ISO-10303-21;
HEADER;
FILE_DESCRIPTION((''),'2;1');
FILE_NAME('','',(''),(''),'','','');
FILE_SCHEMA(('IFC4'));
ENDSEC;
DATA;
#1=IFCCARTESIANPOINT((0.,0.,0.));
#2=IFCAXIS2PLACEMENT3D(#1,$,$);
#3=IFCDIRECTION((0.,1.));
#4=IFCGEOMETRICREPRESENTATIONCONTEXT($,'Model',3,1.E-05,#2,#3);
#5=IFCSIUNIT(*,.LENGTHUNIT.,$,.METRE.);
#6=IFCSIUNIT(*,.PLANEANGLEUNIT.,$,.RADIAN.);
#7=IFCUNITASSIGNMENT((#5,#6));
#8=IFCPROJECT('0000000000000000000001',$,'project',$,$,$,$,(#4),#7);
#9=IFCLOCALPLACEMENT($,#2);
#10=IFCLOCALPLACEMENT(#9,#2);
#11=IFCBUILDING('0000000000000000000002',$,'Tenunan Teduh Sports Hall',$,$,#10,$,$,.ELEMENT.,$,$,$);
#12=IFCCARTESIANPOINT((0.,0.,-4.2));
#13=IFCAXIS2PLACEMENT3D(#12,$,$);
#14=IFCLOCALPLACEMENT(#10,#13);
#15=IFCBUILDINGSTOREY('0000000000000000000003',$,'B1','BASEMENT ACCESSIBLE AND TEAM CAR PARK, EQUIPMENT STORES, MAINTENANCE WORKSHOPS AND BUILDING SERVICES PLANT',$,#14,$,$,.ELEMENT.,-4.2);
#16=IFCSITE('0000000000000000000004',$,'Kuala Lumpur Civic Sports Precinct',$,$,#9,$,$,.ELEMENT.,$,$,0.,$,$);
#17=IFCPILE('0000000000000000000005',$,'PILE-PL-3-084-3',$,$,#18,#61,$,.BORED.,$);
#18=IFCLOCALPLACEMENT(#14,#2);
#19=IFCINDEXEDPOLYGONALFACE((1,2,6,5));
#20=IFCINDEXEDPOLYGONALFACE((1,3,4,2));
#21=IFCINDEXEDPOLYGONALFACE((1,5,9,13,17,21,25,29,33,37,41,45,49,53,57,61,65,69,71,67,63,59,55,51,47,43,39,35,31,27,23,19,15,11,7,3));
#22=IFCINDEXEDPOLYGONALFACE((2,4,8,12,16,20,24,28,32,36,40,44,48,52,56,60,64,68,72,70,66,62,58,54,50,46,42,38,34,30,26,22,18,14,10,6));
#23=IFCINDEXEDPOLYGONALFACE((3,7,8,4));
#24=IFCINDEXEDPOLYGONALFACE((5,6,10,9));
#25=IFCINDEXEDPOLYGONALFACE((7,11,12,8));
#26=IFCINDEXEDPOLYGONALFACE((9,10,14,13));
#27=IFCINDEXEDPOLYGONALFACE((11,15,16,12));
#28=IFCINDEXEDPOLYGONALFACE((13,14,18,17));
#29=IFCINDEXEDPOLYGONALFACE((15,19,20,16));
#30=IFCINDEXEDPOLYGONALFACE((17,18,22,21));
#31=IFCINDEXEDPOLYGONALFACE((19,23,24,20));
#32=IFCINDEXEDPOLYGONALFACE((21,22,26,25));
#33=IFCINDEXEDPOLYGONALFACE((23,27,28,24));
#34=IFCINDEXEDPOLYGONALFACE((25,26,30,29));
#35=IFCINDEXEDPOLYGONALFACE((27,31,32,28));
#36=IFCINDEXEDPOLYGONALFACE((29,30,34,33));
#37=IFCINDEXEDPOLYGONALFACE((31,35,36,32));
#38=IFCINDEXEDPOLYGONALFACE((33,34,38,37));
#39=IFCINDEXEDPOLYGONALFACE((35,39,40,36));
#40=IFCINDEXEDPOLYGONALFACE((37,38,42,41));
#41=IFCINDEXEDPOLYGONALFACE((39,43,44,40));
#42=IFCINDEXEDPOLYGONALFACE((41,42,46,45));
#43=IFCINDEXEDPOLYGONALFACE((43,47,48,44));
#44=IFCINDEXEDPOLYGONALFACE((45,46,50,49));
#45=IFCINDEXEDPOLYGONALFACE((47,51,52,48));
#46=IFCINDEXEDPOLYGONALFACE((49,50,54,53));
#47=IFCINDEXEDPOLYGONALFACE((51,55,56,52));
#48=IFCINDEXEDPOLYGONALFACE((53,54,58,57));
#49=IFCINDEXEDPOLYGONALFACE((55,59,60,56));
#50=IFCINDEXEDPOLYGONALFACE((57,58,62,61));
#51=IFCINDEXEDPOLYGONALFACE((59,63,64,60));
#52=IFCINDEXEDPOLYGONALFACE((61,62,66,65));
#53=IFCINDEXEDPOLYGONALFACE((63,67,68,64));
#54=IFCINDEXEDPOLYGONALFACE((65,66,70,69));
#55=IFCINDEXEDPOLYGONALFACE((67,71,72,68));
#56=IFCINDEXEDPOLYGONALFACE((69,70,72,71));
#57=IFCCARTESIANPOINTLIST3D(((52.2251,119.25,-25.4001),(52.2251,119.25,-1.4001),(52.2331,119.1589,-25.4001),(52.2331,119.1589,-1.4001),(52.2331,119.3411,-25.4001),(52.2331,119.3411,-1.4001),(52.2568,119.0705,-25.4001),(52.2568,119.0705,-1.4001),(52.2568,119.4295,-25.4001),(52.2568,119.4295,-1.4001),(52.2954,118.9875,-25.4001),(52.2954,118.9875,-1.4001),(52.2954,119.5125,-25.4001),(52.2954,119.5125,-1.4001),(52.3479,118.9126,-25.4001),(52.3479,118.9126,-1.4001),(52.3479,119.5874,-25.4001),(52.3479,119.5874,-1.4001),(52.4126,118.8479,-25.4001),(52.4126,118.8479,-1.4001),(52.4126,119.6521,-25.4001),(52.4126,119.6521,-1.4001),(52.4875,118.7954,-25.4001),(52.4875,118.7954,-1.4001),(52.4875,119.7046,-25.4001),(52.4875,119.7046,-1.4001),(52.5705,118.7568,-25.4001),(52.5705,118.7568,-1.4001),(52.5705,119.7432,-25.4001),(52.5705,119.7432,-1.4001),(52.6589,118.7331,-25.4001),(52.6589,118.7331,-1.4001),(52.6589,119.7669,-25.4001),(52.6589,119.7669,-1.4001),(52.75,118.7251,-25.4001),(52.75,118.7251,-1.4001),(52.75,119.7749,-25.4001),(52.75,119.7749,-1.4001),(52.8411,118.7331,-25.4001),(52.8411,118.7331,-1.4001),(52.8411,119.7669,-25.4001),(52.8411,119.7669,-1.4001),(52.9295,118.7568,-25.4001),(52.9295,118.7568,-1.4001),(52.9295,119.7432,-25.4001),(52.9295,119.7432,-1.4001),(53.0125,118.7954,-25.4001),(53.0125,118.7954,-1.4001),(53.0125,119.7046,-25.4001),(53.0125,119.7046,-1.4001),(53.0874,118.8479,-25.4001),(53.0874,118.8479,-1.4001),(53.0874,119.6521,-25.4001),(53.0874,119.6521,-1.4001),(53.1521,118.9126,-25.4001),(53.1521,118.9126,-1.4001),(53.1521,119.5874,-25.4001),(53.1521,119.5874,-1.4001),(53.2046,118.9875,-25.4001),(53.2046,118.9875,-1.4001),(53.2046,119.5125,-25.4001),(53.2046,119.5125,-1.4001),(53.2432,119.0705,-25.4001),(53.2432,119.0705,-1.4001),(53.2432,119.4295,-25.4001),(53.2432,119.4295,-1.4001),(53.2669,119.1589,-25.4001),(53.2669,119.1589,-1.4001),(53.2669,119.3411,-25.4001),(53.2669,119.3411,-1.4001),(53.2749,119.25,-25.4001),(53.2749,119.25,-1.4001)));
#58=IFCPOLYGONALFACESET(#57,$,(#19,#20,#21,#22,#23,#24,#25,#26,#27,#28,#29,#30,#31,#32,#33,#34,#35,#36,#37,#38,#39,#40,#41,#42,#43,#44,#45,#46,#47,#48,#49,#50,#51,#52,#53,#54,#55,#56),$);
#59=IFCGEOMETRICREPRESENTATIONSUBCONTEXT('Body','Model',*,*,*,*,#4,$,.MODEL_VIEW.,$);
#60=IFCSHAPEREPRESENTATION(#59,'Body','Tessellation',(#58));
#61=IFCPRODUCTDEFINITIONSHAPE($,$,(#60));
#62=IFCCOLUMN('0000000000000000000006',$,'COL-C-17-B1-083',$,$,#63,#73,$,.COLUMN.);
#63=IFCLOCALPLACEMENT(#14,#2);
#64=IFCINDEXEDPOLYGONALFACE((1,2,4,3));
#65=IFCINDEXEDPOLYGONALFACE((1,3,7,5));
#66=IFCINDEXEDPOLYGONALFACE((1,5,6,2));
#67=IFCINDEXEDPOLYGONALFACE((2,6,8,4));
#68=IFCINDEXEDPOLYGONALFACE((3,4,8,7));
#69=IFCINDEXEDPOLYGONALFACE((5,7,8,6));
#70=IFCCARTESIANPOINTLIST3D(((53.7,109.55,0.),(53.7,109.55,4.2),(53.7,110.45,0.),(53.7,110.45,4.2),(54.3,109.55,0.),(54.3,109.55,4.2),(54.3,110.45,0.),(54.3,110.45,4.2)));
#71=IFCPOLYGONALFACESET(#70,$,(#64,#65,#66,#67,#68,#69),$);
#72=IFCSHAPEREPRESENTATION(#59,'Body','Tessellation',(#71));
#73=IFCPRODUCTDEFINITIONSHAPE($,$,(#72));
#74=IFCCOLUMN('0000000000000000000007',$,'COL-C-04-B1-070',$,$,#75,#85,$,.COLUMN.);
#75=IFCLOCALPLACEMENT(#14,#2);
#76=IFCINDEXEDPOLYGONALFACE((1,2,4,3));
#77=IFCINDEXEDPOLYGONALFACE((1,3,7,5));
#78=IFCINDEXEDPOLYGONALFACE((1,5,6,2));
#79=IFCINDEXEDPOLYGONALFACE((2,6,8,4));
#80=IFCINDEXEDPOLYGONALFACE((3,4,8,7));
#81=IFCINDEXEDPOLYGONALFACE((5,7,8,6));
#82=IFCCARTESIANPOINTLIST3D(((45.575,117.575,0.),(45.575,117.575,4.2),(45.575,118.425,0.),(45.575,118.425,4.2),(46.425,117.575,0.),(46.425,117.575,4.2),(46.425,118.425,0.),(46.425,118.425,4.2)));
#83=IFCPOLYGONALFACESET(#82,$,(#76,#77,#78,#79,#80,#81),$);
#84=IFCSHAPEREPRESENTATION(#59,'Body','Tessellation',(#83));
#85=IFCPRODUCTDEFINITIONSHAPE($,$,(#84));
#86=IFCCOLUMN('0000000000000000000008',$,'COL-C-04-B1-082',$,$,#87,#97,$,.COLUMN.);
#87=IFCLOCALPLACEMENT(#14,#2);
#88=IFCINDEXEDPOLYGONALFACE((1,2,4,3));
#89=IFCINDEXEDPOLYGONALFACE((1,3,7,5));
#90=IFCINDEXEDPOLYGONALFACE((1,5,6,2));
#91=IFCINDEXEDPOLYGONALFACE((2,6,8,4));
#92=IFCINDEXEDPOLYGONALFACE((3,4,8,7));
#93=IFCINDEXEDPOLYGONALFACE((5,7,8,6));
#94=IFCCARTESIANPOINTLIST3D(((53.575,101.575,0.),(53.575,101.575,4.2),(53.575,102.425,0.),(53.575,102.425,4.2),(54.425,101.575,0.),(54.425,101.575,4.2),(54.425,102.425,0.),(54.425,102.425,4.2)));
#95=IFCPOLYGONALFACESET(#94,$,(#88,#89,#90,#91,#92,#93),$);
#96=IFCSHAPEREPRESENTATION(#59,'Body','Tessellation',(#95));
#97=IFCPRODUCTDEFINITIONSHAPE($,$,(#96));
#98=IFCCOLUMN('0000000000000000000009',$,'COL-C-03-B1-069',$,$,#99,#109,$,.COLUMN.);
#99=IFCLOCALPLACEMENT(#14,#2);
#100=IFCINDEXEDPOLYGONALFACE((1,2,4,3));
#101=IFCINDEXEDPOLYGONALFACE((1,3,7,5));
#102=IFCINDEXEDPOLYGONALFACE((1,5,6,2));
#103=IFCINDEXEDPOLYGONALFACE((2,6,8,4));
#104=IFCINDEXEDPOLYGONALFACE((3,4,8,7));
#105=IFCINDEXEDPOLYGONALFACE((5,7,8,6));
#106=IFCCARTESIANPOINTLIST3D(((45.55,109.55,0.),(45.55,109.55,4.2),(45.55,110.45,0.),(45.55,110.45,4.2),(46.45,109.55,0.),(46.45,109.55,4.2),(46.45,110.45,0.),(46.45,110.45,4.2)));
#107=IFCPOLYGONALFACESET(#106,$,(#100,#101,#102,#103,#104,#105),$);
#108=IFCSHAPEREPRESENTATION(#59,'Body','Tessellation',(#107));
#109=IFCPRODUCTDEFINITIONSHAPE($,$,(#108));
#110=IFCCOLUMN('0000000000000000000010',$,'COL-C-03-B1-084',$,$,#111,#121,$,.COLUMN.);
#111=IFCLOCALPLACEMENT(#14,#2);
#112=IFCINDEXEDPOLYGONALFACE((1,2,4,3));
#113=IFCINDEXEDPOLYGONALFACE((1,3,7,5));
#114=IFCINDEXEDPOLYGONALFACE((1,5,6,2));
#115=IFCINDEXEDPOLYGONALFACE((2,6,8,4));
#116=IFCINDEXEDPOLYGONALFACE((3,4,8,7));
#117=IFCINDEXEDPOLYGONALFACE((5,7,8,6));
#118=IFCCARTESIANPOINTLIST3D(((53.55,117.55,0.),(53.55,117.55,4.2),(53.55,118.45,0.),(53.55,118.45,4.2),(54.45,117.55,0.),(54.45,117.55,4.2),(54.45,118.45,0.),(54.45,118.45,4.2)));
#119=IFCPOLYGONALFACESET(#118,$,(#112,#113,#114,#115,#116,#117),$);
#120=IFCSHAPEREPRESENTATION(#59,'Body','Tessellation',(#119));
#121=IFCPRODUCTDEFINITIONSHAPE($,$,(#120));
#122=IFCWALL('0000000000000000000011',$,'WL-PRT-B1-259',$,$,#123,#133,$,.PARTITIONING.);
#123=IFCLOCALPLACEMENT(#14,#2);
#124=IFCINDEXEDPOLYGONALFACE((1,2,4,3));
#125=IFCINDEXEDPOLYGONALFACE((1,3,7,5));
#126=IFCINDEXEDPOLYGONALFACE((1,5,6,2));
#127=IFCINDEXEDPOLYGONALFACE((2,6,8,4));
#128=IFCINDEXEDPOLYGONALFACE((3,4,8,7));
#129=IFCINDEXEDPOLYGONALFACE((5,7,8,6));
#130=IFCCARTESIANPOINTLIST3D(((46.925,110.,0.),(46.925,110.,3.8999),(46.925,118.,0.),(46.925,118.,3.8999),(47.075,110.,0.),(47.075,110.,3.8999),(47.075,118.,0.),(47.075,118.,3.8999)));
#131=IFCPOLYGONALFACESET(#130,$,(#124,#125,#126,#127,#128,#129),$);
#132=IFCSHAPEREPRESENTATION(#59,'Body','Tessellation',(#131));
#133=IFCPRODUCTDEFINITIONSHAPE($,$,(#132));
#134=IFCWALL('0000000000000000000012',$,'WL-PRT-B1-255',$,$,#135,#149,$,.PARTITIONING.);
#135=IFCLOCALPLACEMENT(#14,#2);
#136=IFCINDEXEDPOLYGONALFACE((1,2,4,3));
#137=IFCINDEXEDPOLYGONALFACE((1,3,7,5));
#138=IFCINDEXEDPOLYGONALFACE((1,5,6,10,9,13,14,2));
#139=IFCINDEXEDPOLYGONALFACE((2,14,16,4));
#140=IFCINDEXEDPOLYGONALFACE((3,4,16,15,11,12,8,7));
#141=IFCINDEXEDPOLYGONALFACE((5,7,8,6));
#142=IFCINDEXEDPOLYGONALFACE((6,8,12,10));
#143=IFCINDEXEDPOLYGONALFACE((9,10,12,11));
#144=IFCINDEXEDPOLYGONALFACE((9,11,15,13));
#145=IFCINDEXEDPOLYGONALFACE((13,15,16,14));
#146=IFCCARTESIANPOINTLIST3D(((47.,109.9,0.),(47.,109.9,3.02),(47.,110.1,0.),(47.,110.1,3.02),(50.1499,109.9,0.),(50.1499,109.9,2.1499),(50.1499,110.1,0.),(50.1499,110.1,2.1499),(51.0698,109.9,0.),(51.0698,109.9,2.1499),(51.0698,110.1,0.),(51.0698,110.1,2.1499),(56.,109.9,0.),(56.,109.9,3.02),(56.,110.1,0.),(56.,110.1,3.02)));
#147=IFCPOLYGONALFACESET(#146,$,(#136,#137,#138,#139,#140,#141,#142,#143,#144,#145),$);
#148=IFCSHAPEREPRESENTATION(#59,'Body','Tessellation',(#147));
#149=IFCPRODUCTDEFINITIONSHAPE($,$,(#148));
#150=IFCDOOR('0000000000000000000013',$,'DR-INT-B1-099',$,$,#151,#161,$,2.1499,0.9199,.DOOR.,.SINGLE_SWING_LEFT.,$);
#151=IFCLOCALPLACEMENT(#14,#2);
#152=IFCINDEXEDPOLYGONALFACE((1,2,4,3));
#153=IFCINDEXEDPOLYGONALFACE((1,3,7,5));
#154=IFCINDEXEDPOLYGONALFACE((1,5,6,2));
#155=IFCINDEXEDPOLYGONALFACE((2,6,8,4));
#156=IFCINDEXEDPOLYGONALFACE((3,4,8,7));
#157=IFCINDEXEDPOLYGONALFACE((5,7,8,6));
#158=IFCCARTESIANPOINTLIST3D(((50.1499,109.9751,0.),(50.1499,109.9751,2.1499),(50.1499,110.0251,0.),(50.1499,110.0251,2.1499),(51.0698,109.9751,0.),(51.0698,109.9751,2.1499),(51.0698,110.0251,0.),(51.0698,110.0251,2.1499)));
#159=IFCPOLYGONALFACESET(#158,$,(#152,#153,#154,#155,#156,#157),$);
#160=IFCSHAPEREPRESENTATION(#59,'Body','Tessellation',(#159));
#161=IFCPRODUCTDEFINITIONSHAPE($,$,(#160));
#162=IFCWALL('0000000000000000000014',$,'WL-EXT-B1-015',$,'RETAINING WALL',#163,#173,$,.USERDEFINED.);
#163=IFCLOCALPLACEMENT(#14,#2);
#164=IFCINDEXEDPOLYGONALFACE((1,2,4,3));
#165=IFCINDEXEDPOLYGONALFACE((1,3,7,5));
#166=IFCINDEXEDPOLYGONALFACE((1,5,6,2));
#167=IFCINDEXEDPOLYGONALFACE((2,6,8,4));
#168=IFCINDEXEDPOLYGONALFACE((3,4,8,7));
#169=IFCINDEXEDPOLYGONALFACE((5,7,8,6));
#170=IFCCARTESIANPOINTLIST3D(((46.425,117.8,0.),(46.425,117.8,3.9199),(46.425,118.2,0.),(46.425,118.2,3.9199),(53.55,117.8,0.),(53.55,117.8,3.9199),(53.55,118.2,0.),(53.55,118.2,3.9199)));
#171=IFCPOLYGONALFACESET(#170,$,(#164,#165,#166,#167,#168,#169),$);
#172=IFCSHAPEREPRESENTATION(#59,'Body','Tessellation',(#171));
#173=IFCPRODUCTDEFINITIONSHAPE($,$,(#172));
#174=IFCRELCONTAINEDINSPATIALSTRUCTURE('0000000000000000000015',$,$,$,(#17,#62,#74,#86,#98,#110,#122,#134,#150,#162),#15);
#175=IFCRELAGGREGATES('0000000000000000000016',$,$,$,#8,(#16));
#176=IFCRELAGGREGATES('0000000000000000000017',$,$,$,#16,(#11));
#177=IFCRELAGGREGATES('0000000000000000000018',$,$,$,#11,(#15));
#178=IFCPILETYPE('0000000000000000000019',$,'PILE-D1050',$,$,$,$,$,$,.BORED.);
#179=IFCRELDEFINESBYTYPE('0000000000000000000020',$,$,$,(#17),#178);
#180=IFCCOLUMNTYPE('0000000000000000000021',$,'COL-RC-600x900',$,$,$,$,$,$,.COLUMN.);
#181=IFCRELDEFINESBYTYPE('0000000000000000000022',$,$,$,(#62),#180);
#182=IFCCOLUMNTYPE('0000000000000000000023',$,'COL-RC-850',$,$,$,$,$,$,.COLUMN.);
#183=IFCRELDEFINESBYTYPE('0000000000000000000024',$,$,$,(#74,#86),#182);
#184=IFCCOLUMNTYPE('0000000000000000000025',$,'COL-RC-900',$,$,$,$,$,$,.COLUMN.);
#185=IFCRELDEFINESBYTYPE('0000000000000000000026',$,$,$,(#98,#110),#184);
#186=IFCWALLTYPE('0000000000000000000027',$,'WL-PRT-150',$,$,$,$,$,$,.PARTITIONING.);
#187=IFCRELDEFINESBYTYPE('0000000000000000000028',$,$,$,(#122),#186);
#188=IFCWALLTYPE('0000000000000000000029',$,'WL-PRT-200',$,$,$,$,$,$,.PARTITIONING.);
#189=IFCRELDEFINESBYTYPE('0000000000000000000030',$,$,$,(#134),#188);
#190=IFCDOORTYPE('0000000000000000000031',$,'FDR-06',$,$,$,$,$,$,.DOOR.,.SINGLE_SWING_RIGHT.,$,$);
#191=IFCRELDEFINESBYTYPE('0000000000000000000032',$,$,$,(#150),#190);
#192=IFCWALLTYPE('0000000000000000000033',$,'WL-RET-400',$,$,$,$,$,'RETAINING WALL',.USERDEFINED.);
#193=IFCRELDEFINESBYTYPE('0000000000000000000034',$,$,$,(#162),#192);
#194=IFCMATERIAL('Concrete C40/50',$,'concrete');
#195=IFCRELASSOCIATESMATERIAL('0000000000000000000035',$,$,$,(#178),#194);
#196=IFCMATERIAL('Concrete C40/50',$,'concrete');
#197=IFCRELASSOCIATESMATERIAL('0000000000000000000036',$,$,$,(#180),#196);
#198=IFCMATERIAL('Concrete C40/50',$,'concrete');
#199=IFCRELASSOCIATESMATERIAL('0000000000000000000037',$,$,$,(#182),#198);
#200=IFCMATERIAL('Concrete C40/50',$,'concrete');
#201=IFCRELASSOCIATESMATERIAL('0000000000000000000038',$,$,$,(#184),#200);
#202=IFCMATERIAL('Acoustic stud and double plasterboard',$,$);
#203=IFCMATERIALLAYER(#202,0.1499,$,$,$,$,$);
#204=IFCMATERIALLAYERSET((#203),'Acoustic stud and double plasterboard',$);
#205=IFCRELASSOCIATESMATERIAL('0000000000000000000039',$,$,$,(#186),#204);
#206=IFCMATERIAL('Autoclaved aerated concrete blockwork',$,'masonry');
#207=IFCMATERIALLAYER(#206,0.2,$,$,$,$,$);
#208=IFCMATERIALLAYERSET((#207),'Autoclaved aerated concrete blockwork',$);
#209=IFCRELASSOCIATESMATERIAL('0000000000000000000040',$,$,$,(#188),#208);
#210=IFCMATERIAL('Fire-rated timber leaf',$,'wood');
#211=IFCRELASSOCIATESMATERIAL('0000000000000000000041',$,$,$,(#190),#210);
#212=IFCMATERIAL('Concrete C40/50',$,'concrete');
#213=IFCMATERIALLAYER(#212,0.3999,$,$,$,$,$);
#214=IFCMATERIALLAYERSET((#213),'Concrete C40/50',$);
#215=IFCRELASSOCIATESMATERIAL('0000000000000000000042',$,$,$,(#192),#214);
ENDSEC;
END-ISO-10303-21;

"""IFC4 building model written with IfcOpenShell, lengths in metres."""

from ifc_helpers import new_model, si_unit, direction, frame, frame_2d, origin, origin_2d, place, context, subcontext, project, spatial, rectangle, circle, extrude, material, layer, layer_set, material_profile, profile_set, type_object, element, fill, save


model = new_model("IFC4")

# Units and contexts
model_context = context("Model", 3, precision=1e-05, world=origin(), true_north=direction((0.0, 1.0)))
body_context = subcontext(model_context, "Body", "Model", "MODEL_VIEW")
ifc_project = project(units=[si_unit("LENGTHUNIT", "METRE"), si_unit("PLANEANGLEUNIT", "RADIAN")], contexts=[model_context])

# Site, building, storey
site_placement = place(None, origin())
site = spatial("IfcSite", under=ifc_project, at=site_placement, Name="Kuala Lumpur Civic Sports Precinct", CompositionType="ELEMENT", RefElevation=0.0)
building_placement = place(site_placement, origin())
building = spatial("IfcBuilding", under=site, at=building_placement, Name="Tenunan Teduh Sports Hall", CompositionType="ELEMENT")
storey_placement = place(building_placement, frame((0.0, 0.0, -4.2)))
storey = spatial("IfcBuildingStorey", under=building, at=storey_placement, Name="B1", Description="BASEMENT ACCESSIBLE AND TEAM CAR PARK, EQUIPMENT STORES, MAINTENANCE WORKSHOPS AND BUILDING SERVICES PLANT", CompositionType="ELEMENT", Elevation=-4.2)

# Pile
ifc_material_1 = material(Name="Concrete C40/50", Category="concrete")
ifc_material_profile_1 = material_profile(ifc_material_1, circle(Radius=0.5249, at=origin_2d()), Name="PILE D1050")
ifc_profile_set_1 = profile_set([ifc_material_profile_1], Name="Concrete C40/50")
pile_type = type_object("IfcPileType", Name="PILE-D1050", PredefinedType="BORED", material=ifc_profile_set_1)
for number, where, z_axis, x_axis, name in (
    (1, (52.75, 119.25, -1.4001), (0.0, 0.0, -1.0), (1.0, 0.0, 0.0), "PILE-PL-3-084-3"),
):
    element("IfcPile", number, at=place(storey_placement, frame(where, z_axis=z_axis, x_axis=x_axis)), inside=storey, type_object=pile_type, Name=name, PredefinedType="BORED", context=body_context, shape_type="SweptSolid", body=[
        extrude(circle(Radius=0.5249, at=origin_2d()), origin(), (0.0, 0.0, 1.0), 24.0),
    ])

# Columns
ifc_material_2 = material(Name="Concrete C40/50", Category="concrete")
ifc_material_profile_2 = material_profile(ifc_material_2, rectangle(XDim=0.6001, YDim=0.8999, at=origin_2d()), Name="RC 600x900")
ifc_profile_set_2 = profile_set([ifc_material_profile_2], Name="Concrete C40/50")
column_type_1 = type_object("IfcColumnType", Name="COL-RC-600x900", PredefinedType="COLUMN", material=ifc_profile_set_2)
column_placement = place(storey_placement, frame((54.0, 110.0, 0.0), z_axis=(0.0, 0.0, 1.0), x_axis=(1.0, 0.0, 0.0)))
element("IfcColumn", 2, at=column_placement, inside=storey, type_object=column_type_1, Name="COL-C-17-B1-083", PredefinedType="COLUMN", context=body_context, shape_type="SweptSolid", body=[
    extrude(rectangle(XDim=0.6001, YDim=0.8999, at=origin_2d()), origin(), (0.0, 0.0, 1.0), 4.2),
])
ifc_material_3 = material(Name="Concrete C40/50", Category="concrete")
ifc_material_profile_3 = material_profile(ifc_material_3, rectangle(XDim=0.8501, YDim=0.8501, at=origin_2d()), Name="RC 850x850")
ifc_profile_set_3 = profile_set([ifc_material_profile_3], Name="Concrete C40/50")
column_type_2 = type_object("IfcColumnType", Name="COL-RC-850", PredefinedType="COLUMN", material=ifc_profile_set_3)
for number, where, z_axis, x_axis, name in (
    (3, (46.0, 118.0, 0.0), (0.0, 0.0, 1.0), (1.0, 0.0, 0.0), "COL-C-04-B1-070"),
    (4, (54.0, 102.0, 0.0), (0.0, 0.0, 1.0), (1.0, 0.0, 0.0), "COL-C-04-B1-082"),
):
    element("IfcColumn", number, at=place(storey_placement, frame(where, z_axis=z_axis, x_axis=x_axis)), inside=storey, type_object=column_type_2, Name=name, PredefinedType="COLUMN", context=body_context, shape_type="SweptSolid", body=[
        extrude(rectangle(XDim=0.8501, YDim=0.8501, at=origin_2d()), origin(), (0.0, 0.0, 1.0), 4.2),
    ])
ifc_material_4 = material(Name="Concrete C40/50", Category="concrete")
ifc_material_profile_4 = material_profile(ifc_material_4, rectangle(XDim=0.8999, YDim=0.8999, at=origin_2d()), Name="RC 900x900")
ifc_profile_set_4 = profile_set([ifc_material_profile_4], Name="Concrete C40/50")
column_type_3 = type_object("IfcColumnType", Name="COL-RC-900", PredefinedType="COLUMN", material=ifc_profile_set_4)
for number, where, z_axis, x_axis, name in (
    (5, (46.0, 110.0, 0.0), (0.0, 0.0, 1.0), (1.0, 0.0, 0.0), "COL-C-03-B1-069"),
    (6, (54.0, 118.0, 0.0), (0.0, 0.0, 1.0), (1.0, 0.0, 0.0), "COL-C-03-B1-084"),
):
    element("IfcColumn", number, at=place(storey_placement, frame(where, z_axis=z_axis, x_axis=x_axis)), inside=storey, type_object=column_type_3, Name=name, PredefinedType="COLUMN", context=body_context, shape_type="SweptSolid", body=[
        extrude(rectangle(XDim=0.8999, YDim=0.8999, at=origin_2d()), origin(), (0.0, 0.0, 1.0), 4.2),
    ])

# Wall
ifc_material_5 = material(Name="Acoustic stud and double plasterboard")
ifc_layer_1 = layer(ifc_material_5, 0.1499)
ifc_layer_set_1 = layer_set([ifc_layer_1], Name="Acoustic stud and double plasterboard")
wall_type_1 = type_object("IfcWallType", Name="WL-PRT-150", PredefinedType="PARTITIONING", material=ifc_layer_set_1)
wall_1_placement = place(storey_placement, frame((47.0, 110.0, 0.0), z_axis=(0.0, 0.0, 1.0), x_axis=(0.0, 1.0, 0.0)))
element("IfcWall", 7, at=wall_1_placement, inside=storey, type_object=wall_type_1, Name="WL-PRT-B1-259", PredefinedType="PARTITIONING", context=body_context, shape_type="SweptSolid", body=[
    extrude(rectangle(XDim=8.0, YDim=0.1499, at=frame_2d((4.0, 0.0))), origin(), (0.0, 0.0, 1.0), 3.8999),
])

# Wall, opening, door
ifc_material_6 = material(Name="Autoclaved aerated concrete blockwork", Category="masonry")
ifc_layer_2 = layer(ifc_material_6, 0.2)
ifc_layer_set_2 = layer_set([ifc_layer_2], Name="Autoclaved aerated concrete blockwork")
wall_type_2 = type_object("IfcWallType", Name="WL-PRT-200", PredefinedType="PARTITIONING", material=ifc_layer_set_2)
wall_2_placement = place(storey_placement, frame((47.0, 110.0, 0.0), z_axis=(0.0, 0.0, 1.0), x_axis=(1.0, 0.0, 0.0)))
wall_2 = element("IfcWall", 8, at=wall_2_placement, inside=storey, type_object=wall_type_2, Name="WL-PRT-B1-255", PredefinedType="PARTITIONING", context=body_context, shape_type="SweptSolid", body=[
    extrude(rectangle(XDim=9.0, YDim=0.2, at=frame_2d((4.5, 0.0))), origin(), (0.0, 0.0, 1.0), 3.02),
])
opening_1_placement = place(wall_2_placement, frame((3.1499, 0.0, 0.0)))
opening_1 = element("IfcOpeningElement", 9, at=opening_1_placement, cuts=wall_2, PredefinedType="OPENING", context=body_context, shape_type="SweptSolid", body=[
    extrude(rectangle(XDim=0.9199, YDim=2.1499, at=frame_2d((0.46, 1.075))), frame((0.0, 0.1099, 0.0), z_axis=(0.0, -1.0, 0.0), x_axis=(1.0, 0.0, 0.0)), (0.0, 0.0, 1.0), 0.22),
])
ifc_material_7 = material(Name="Fire-rated timber leaf", Category="wood")
door_type_1 = type_object("IfcDoorType", Name="FDR-06", OperationType="SINGLE_SWING_RIGHT", PredefinedType="DOOR", material=ifc_material_7)
door_1_placement = place(opening_1_placement, frame((0.9199, 0.0, 0.0), z_axis=(0.0, 0.0, 1.0), x_axis=(-1.0, 0.0, 0.0)))
door_1 = element("IfcDoor", 10, at=door_1_placement, inside=storey, type_object=door_type_1, Name="DR-INT-B1-099", OperationType="SINGLE_SWING_LEFT", OverallHeight=2.1499, OverallWidth=0.9199, PredefinedType="DOOR", context=body_context, shape_type="SweptSolid", body=[
    extrude(rectangle(XDim=0.9199, YDim=2.1499, at=frame_2d((0.46, 1.075))), frame((0.0, 0.0249, 0.0), z_axis=(0.0, -1.0, 0.0), x_axis=(1.0, 0.0, 0.0)), (0.0, 0.0, 1.0), 0.05),
])
fill(opening_1, door_1)

# Wall
ifc_material_8 = material(Name="Concrete C40/50", Category="concrete")
ifc_layer_3 = layer(ifc_material_8, 0.3999)
ifc_layer_set_3 = layer_set([ifc_layer_3], Name="Concrete C40/50")
wall_type_3 = type_object("IfcWallType", Name="WL-RET-400", ElementType="RETAINING WALL", PredefinedType="USERDEFINED", material=ifc_layer_set_3)
wall_3_placement = place(storey_placement, frame((46.425, 118.0, 0.0), z_axis=(0.0, 0.0, 1.0), x_axis=(1.0, 0.0, 0.0)))
element("IfcWall", 11, at=wall_3_placement, inside=storey, type_object=wall_type_3, Name="WL-EXT-B1-015", ObjectType="RETAINING WALL", PredefinedType="USERDEFINED", context=body_context, shape_type="SweptSolid", body=[
    extrude(rectangle(XDim=7.125, YDim=0.3999, at=frame_2d((3.5625, 0.0))), origin(), (0.0, 0.0, 1.0), 3.9199),
])

save(model, "model.ifc")
